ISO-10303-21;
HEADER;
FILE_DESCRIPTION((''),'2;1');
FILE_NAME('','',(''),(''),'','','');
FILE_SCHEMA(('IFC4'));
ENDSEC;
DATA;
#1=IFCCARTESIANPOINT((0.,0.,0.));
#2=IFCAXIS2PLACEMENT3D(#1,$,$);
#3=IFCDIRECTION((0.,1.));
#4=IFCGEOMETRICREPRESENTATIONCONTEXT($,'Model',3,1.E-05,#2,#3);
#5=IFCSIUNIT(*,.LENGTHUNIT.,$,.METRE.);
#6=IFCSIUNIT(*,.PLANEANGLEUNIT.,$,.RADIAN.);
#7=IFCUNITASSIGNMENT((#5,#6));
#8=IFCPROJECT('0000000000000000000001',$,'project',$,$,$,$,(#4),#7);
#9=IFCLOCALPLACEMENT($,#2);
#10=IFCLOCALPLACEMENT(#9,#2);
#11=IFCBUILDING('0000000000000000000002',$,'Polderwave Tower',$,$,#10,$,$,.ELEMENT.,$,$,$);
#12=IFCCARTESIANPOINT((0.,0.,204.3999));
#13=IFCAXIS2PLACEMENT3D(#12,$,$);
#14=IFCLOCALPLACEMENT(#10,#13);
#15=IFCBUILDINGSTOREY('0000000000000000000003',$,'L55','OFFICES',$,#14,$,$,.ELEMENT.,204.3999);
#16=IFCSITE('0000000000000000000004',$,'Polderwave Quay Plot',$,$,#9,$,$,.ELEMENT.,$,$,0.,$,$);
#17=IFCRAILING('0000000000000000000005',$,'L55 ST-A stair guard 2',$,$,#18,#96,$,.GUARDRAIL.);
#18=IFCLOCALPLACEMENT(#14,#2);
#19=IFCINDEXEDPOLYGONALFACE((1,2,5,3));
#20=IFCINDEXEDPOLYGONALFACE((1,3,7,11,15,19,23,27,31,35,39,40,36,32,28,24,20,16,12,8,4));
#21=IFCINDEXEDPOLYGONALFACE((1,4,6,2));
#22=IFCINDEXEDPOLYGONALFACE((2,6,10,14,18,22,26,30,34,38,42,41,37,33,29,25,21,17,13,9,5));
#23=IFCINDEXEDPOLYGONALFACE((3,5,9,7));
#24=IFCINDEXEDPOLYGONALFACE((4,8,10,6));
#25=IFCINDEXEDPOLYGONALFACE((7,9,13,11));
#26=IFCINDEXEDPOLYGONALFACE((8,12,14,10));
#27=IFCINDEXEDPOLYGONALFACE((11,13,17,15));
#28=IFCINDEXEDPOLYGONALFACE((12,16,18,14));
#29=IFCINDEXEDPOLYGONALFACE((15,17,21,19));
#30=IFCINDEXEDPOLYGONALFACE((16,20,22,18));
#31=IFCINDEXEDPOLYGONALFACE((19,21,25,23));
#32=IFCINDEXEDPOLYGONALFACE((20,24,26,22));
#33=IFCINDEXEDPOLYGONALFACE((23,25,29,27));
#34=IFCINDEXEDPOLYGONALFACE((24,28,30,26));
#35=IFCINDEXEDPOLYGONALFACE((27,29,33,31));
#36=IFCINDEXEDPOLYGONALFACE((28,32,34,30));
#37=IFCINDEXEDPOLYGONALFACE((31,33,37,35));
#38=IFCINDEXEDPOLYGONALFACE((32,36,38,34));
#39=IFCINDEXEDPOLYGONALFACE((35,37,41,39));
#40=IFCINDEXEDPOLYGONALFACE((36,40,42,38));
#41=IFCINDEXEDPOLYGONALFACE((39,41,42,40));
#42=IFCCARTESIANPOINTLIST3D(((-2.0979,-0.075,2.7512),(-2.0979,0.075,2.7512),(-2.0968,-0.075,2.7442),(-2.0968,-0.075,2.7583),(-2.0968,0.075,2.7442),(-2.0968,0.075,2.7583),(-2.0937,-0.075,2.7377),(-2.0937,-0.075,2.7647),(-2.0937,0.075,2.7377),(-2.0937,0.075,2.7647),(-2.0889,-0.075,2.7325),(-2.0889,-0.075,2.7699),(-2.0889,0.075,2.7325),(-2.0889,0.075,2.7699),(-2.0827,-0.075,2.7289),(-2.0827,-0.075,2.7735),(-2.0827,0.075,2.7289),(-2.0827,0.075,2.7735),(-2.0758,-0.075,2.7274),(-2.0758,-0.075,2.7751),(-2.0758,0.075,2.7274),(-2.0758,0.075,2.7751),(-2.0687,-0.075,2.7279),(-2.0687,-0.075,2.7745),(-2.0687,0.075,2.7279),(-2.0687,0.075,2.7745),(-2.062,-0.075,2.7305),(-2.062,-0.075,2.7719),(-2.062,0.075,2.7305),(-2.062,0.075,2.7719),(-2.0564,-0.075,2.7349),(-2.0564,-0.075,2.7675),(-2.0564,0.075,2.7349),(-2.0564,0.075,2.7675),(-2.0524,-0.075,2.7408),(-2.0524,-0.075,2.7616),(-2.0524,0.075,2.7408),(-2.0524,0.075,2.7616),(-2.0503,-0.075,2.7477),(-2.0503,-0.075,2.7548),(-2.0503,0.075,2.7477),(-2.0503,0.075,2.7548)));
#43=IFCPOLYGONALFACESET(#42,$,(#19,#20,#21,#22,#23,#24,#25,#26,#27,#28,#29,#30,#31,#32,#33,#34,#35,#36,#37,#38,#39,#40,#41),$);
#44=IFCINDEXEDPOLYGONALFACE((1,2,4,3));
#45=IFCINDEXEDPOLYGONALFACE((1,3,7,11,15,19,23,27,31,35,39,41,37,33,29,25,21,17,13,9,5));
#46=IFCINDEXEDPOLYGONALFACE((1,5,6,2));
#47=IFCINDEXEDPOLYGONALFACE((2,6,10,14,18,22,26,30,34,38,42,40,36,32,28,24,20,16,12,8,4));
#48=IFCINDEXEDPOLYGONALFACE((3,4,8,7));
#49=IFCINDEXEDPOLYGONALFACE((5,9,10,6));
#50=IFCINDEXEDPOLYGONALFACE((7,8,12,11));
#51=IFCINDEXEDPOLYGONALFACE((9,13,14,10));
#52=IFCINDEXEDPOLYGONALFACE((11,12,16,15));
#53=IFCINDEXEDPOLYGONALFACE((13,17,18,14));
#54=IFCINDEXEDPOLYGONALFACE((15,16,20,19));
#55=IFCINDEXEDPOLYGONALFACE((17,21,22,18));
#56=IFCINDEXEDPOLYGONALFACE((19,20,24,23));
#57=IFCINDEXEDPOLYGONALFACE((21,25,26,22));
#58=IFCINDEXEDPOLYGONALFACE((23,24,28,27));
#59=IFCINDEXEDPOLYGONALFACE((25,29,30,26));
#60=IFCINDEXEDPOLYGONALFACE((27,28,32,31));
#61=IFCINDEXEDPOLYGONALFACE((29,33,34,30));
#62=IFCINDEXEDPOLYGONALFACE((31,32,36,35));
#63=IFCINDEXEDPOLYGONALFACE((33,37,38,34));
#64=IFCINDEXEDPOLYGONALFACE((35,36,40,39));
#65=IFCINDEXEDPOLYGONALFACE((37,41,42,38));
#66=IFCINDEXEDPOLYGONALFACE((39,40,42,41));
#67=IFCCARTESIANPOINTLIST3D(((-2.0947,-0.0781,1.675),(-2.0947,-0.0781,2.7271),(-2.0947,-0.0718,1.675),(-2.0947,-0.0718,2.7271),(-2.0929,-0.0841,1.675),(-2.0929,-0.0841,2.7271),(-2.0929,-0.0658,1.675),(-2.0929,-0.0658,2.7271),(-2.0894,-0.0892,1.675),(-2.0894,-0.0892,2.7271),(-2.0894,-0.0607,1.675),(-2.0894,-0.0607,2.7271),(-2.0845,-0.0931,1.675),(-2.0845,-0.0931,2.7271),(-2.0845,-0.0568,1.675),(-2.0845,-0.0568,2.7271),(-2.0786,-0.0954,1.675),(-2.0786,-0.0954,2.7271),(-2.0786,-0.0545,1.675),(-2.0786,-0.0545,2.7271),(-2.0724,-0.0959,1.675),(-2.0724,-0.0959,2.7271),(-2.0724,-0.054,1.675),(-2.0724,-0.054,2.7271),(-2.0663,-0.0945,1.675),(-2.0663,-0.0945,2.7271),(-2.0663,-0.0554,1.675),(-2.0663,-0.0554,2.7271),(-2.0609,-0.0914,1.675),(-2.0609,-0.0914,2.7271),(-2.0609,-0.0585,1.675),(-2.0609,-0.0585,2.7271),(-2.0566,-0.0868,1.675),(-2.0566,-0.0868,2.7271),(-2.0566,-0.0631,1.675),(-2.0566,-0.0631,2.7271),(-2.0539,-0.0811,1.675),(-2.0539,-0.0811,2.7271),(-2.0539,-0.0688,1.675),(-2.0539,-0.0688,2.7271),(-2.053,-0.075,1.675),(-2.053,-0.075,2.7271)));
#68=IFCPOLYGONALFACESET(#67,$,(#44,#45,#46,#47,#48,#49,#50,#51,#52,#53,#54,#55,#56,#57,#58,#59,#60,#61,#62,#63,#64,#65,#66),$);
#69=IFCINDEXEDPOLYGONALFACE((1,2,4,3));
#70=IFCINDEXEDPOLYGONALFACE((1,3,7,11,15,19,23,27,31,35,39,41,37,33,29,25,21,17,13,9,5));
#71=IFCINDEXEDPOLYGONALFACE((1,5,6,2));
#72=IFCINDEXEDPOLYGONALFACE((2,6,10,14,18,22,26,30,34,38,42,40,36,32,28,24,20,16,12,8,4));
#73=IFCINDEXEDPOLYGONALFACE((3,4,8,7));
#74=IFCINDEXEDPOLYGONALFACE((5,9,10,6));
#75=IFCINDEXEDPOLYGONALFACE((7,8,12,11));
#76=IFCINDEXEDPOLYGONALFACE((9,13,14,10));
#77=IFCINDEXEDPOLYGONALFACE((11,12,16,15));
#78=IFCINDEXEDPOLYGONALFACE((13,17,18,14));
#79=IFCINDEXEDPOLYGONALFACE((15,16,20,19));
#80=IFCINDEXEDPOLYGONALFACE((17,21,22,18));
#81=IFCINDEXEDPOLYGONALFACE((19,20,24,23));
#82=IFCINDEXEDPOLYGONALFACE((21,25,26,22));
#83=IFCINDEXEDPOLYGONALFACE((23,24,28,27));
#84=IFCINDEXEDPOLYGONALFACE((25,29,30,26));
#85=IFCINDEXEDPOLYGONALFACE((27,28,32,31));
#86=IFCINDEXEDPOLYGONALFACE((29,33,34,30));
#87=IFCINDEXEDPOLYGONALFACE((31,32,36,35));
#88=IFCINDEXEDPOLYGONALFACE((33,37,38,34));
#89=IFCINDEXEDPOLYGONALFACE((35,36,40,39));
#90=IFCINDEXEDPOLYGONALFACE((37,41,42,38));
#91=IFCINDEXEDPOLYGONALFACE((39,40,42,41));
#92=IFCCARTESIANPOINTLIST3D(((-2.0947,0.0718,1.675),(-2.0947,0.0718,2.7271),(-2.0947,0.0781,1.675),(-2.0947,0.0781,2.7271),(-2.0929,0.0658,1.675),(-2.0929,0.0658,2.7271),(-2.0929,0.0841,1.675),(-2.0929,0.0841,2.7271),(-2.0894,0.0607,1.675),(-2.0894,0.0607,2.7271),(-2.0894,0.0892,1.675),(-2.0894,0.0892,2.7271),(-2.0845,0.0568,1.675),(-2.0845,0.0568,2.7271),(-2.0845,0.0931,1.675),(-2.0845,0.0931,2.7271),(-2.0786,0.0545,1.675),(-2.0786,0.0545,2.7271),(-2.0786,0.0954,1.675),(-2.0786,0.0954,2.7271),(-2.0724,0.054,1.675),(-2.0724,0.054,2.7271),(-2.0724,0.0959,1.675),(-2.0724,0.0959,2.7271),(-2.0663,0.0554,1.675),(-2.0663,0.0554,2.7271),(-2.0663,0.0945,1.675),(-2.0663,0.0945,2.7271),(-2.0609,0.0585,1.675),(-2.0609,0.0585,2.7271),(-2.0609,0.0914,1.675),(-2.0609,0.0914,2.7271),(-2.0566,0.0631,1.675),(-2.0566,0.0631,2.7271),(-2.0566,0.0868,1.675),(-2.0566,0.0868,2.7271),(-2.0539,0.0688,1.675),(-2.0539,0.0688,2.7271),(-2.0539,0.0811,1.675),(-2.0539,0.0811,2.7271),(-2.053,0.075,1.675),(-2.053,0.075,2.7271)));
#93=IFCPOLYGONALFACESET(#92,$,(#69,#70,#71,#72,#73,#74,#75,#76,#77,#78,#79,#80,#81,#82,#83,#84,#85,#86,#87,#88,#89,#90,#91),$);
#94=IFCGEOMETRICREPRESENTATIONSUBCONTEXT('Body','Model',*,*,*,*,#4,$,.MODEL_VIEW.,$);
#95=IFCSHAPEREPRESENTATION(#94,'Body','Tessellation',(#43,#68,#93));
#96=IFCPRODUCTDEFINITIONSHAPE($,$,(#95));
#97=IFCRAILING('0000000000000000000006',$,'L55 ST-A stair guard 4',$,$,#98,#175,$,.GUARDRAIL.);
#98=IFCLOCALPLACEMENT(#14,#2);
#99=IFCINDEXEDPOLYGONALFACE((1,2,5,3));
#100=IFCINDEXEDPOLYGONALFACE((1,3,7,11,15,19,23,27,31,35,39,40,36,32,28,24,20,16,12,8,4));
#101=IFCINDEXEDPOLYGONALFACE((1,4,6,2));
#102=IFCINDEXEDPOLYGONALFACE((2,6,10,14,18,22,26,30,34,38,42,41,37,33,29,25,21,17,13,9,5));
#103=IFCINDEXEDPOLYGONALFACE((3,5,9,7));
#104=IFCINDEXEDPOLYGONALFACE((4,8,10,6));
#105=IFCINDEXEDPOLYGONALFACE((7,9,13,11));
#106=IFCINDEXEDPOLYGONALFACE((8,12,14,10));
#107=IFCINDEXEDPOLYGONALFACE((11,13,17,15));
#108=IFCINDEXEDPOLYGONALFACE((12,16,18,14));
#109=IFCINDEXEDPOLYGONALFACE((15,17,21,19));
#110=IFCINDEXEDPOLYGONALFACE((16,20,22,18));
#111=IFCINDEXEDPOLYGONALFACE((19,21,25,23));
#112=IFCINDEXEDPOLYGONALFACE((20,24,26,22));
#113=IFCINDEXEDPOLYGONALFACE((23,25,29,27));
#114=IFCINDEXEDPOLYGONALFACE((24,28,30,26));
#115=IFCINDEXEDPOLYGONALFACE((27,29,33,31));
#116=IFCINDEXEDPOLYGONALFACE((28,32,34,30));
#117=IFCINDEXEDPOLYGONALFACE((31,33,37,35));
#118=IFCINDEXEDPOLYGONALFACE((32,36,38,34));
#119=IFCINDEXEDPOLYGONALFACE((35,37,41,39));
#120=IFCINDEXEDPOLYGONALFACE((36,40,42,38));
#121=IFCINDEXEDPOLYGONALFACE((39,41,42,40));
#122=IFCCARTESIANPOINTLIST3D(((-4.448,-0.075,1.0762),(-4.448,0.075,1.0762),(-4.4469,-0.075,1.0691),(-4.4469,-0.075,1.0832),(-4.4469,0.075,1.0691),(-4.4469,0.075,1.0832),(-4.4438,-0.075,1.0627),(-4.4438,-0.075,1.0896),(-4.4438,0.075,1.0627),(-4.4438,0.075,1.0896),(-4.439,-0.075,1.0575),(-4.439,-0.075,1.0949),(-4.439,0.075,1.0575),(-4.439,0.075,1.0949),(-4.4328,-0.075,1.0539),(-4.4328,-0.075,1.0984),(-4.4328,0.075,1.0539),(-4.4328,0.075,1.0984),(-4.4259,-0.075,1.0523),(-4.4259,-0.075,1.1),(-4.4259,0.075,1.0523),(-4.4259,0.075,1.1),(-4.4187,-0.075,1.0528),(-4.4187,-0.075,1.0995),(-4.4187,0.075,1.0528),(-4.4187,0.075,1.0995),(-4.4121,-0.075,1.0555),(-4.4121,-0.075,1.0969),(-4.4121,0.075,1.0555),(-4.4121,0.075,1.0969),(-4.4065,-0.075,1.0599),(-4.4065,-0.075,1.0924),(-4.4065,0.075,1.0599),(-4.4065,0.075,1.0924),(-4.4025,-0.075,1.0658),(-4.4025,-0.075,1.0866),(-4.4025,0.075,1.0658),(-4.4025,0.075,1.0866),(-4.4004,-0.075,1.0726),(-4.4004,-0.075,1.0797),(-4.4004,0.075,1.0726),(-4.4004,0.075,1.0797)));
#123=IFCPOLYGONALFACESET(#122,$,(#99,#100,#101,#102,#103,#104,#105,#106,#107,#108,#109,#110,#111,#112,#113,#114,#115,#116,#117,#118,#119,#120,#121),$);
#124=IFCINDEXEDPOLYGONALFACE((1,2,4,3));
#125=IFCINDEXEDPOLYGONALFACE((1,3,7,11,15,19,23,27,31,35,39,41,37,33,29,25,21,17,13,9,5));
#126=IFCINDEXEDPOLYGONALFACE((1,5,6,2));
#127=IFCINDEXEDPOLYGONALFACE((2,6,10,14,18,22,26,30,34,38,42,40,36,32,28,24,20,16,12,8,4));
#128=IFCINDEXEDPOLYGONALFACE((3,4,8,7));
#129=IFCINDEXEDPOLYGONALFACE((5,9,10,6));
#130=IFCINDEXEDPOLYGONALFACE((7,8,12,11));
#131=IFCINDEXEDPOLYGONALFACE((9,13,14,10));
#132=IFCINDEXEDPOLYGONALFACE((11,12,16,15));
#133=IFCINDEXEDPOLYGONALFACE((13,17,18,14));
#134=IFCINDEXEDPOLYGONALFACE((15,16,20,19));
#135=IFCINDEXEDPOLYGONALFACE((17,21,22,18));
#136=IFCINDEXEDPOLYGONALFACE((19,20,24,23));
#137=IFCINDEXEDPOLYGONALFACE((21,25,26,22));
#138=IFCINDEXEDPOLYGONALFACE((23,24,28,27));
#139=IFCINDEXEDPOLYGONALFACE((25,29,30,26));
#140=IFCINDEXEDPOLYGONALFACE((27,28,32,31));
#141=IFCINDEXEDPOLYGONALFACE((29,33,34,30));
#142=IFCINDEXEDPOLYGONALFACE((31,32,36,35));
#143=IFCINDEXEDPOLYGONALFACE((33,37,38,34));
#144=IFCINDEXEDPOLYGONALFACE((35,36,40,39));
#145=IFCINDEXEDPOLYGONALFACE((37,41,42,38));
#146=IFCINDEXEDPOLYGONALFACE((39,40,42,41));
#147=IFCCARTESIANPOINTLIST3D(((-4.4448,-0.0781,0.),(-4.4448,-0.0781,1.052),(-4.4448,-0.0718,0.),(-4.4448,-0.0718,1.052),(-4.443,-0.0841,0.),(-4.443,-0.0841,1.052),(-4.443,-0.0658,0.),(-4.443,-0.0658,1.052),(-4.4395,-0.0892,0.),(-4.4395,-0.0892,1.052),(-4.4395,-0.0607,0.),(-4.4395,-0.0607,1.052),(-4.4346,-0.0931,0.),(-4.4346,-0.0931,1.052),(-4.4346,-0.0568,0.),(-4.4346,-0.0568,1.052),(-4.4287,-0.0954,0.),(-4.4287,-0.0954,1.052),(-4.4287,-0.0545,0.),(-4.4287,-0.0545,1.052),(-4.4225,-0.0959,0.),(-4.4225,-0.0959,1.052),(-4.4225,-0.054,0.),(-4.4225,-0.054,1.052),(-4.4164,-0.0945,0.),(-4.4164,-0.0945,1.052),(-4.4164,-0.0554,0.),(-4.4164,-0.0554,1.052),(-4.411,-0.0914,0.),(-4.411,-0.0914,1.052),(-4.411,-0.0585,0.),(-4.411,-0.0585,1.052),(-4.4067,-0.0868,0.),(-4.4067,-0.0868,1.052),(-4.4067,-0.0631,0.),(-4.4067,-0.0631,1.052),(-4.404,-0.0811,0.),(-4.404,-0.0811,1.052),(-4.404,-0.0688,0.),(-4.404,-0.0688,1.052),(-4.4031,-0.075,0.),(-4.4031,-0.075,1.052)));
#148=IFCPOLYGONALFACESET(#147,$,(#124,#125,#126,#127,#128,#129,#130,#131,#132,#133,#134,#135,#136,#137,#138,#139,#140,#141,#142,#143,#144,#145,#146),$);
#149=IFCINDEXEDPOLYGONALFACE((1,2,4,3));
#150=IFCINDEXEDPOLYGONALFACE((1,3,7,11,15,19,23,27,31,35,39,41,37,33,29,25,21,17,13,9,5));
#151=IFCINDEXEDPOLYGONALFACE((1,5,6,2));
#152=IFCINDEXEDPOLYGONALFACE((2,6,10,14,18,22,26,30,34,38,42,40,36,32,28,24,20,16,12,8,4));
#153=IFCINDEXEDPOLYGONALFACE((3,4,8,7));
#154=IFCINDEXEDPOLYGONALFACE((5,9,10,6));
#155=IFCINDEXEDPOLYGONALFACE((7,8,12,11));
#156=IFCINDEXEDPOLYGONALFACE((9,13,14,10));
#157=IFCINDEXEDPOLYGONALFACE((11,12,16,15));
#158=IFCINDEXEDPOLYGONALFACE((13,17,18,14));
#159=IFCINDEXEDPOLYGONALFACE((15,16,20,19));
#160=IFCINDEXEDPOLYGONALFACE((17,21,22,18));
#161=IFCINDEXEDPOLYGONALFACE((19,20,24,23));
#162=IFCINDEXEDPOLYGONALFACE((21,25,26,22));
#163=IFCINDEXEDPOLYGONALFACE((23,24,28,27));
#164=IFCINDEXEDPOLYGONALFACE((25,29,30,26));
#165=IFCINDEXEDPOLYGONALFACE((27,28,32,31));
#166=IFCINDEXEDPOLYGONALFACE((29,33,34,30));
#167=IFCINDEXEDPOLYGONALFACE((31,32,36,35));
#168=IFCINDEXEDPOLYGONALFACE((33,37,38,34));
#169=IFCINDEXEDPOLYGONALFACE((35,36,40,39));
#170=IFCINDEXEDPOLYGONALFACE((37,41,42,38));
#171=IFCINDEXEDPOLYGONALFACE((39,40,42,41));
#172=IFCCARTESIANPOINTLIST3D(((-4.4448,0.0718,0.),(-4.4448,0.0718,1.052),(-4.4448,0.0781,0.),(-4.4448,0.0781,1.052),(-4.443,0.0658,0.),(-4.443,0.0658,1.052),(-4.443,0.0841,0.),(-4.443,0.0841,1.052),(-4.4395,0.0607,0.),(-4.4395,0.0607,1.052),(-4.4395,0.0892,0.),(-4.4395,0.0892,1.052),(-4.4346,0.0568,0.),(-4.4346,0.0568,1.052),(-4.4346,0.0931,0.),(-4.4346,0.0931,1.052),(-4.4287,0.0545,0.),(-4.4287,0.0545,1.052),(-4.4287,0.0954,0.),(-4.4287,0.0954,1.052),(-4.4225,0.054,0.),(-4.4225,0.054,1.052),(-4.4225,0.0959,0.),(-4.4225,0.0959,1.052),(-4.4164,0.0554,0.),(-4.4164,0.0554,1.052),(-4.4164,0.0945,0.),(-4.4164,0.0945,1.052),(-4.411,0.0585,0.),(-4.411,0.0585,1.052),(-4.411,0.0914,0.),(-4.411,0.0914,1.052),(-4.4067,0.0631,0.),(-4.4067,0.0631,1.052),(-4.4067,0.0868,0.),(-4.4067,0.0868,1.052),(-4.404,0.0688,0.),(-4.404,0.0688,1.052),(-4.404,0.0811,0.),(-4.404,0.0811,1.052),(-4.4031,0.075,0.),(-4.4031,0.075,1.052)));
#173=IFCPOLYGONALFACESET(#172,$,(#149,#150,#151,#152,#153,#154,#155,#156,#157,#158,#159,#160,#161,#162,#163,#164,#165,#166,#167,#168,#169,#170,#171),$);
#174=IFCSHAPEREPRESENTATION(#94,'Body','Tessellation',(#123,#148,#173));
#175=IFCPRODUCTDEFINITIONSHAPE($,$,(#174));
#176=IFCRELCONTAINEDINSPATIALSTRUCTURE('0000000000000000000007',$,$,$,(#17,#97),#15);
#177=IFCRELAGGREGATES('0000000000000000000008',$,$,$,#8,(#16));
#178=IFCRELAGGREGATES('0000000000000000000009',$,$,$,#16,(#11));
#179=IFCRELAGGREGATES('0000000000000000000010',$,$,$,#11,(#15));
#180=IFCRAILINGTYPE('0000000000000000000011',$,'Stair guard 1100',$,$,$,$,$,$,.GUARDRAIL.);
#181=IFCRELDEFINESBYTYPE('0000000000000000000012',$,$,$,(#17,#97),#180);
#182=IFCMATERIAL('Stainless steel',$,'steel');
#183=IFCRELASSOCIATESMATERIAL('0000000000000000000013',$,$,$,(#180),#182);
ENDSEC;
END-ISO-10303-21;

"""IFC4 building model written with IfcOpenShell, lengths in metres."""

from ifc_helpers import new_model, si_unit, direction, frame, origin, origin_2d, place, context, subcontext, project, spatial, circle, extrude, material, type_object, element, save


model = new_model("IFC4")

# Units and contexts
model_context = context("Model", 3, precision=1e-05, world=origin(), true_north=direction((0.0, 1.0)))
body_context = subcontext(model_context, "Body", "Model", "MODEL_VIEW")
ifc_project = project(units=[si_unit("LENGTHUNIT", "METRE"), si_unit("PLANEANGLEUNIT", "RADIAN")], contexts=[model_context])

# Site, building, storey
site_placement = place(None, origin())
site = spatial("IfcSite", under=ifc_project, at=site_placement, Name="Polderwave Quay Plot", CompositionType="ELEMENT", RefElevation=0.0)
building_placement = place(site_placement, origin())
building = spatial("IfcBuilding", under=site, at=building_placement, Name="Polderwave Tower", CompositionType="ELEMENT")
storey_placement = place(building_placement, frame((0.0, 0.0, 204.3999)))
storey = spatial("IfcBuildingStorey", under=building, at=storey_placement, Name="L55", Description="OFFICES", CompositionType="ELEMENT", Elevation=204.3999)

# Shared definitions
ifc_material_1 = material(Name="Stainless steel", Category="steel")

# Railings
railing_type_1 = type_object("IfcRailingType", Name="Stair guard 1100", PredefinedType="GUARDRAIL", material=ifc_material_1)
for number, where, name in (
    (1, (-2.074, -0.075, 1.675), "L55 ST-A stair guard 2"),
    (2, (-4.4241, -0.075, 0.0), "L55 ST-A stair guard 4"),
):
    element("IfcRailing", number, at=place(storey_placement, frame(where)), inside=storey, type_object=railing_type_1, Name=name, PredefinedType="GUARDRAIL", context=body_context, shape_type="SweptSolid", body=[
        extrude(circle(Radius=0.0239, at=origin_2d()), frame((0.0, 0.0, 1.0762), z_axis=(0.0, 1.0, 0.0), x_axis=(-1.0, 0.0, 0.0)), (0.0, 0.0, 1.0), 0.1499),
        extrude(circle(Radius=0.021, at=origin_2d()), origin(), (0.0, 0.0, 1.0), 1.052),
        extrude(circle(Radius=0.021, at=origin_2d()), frame((0.0, 0.1499, 0.0)), (0.0, 0.0, 1.0), 1.052),
    ])

save(model, "model.ifc")
